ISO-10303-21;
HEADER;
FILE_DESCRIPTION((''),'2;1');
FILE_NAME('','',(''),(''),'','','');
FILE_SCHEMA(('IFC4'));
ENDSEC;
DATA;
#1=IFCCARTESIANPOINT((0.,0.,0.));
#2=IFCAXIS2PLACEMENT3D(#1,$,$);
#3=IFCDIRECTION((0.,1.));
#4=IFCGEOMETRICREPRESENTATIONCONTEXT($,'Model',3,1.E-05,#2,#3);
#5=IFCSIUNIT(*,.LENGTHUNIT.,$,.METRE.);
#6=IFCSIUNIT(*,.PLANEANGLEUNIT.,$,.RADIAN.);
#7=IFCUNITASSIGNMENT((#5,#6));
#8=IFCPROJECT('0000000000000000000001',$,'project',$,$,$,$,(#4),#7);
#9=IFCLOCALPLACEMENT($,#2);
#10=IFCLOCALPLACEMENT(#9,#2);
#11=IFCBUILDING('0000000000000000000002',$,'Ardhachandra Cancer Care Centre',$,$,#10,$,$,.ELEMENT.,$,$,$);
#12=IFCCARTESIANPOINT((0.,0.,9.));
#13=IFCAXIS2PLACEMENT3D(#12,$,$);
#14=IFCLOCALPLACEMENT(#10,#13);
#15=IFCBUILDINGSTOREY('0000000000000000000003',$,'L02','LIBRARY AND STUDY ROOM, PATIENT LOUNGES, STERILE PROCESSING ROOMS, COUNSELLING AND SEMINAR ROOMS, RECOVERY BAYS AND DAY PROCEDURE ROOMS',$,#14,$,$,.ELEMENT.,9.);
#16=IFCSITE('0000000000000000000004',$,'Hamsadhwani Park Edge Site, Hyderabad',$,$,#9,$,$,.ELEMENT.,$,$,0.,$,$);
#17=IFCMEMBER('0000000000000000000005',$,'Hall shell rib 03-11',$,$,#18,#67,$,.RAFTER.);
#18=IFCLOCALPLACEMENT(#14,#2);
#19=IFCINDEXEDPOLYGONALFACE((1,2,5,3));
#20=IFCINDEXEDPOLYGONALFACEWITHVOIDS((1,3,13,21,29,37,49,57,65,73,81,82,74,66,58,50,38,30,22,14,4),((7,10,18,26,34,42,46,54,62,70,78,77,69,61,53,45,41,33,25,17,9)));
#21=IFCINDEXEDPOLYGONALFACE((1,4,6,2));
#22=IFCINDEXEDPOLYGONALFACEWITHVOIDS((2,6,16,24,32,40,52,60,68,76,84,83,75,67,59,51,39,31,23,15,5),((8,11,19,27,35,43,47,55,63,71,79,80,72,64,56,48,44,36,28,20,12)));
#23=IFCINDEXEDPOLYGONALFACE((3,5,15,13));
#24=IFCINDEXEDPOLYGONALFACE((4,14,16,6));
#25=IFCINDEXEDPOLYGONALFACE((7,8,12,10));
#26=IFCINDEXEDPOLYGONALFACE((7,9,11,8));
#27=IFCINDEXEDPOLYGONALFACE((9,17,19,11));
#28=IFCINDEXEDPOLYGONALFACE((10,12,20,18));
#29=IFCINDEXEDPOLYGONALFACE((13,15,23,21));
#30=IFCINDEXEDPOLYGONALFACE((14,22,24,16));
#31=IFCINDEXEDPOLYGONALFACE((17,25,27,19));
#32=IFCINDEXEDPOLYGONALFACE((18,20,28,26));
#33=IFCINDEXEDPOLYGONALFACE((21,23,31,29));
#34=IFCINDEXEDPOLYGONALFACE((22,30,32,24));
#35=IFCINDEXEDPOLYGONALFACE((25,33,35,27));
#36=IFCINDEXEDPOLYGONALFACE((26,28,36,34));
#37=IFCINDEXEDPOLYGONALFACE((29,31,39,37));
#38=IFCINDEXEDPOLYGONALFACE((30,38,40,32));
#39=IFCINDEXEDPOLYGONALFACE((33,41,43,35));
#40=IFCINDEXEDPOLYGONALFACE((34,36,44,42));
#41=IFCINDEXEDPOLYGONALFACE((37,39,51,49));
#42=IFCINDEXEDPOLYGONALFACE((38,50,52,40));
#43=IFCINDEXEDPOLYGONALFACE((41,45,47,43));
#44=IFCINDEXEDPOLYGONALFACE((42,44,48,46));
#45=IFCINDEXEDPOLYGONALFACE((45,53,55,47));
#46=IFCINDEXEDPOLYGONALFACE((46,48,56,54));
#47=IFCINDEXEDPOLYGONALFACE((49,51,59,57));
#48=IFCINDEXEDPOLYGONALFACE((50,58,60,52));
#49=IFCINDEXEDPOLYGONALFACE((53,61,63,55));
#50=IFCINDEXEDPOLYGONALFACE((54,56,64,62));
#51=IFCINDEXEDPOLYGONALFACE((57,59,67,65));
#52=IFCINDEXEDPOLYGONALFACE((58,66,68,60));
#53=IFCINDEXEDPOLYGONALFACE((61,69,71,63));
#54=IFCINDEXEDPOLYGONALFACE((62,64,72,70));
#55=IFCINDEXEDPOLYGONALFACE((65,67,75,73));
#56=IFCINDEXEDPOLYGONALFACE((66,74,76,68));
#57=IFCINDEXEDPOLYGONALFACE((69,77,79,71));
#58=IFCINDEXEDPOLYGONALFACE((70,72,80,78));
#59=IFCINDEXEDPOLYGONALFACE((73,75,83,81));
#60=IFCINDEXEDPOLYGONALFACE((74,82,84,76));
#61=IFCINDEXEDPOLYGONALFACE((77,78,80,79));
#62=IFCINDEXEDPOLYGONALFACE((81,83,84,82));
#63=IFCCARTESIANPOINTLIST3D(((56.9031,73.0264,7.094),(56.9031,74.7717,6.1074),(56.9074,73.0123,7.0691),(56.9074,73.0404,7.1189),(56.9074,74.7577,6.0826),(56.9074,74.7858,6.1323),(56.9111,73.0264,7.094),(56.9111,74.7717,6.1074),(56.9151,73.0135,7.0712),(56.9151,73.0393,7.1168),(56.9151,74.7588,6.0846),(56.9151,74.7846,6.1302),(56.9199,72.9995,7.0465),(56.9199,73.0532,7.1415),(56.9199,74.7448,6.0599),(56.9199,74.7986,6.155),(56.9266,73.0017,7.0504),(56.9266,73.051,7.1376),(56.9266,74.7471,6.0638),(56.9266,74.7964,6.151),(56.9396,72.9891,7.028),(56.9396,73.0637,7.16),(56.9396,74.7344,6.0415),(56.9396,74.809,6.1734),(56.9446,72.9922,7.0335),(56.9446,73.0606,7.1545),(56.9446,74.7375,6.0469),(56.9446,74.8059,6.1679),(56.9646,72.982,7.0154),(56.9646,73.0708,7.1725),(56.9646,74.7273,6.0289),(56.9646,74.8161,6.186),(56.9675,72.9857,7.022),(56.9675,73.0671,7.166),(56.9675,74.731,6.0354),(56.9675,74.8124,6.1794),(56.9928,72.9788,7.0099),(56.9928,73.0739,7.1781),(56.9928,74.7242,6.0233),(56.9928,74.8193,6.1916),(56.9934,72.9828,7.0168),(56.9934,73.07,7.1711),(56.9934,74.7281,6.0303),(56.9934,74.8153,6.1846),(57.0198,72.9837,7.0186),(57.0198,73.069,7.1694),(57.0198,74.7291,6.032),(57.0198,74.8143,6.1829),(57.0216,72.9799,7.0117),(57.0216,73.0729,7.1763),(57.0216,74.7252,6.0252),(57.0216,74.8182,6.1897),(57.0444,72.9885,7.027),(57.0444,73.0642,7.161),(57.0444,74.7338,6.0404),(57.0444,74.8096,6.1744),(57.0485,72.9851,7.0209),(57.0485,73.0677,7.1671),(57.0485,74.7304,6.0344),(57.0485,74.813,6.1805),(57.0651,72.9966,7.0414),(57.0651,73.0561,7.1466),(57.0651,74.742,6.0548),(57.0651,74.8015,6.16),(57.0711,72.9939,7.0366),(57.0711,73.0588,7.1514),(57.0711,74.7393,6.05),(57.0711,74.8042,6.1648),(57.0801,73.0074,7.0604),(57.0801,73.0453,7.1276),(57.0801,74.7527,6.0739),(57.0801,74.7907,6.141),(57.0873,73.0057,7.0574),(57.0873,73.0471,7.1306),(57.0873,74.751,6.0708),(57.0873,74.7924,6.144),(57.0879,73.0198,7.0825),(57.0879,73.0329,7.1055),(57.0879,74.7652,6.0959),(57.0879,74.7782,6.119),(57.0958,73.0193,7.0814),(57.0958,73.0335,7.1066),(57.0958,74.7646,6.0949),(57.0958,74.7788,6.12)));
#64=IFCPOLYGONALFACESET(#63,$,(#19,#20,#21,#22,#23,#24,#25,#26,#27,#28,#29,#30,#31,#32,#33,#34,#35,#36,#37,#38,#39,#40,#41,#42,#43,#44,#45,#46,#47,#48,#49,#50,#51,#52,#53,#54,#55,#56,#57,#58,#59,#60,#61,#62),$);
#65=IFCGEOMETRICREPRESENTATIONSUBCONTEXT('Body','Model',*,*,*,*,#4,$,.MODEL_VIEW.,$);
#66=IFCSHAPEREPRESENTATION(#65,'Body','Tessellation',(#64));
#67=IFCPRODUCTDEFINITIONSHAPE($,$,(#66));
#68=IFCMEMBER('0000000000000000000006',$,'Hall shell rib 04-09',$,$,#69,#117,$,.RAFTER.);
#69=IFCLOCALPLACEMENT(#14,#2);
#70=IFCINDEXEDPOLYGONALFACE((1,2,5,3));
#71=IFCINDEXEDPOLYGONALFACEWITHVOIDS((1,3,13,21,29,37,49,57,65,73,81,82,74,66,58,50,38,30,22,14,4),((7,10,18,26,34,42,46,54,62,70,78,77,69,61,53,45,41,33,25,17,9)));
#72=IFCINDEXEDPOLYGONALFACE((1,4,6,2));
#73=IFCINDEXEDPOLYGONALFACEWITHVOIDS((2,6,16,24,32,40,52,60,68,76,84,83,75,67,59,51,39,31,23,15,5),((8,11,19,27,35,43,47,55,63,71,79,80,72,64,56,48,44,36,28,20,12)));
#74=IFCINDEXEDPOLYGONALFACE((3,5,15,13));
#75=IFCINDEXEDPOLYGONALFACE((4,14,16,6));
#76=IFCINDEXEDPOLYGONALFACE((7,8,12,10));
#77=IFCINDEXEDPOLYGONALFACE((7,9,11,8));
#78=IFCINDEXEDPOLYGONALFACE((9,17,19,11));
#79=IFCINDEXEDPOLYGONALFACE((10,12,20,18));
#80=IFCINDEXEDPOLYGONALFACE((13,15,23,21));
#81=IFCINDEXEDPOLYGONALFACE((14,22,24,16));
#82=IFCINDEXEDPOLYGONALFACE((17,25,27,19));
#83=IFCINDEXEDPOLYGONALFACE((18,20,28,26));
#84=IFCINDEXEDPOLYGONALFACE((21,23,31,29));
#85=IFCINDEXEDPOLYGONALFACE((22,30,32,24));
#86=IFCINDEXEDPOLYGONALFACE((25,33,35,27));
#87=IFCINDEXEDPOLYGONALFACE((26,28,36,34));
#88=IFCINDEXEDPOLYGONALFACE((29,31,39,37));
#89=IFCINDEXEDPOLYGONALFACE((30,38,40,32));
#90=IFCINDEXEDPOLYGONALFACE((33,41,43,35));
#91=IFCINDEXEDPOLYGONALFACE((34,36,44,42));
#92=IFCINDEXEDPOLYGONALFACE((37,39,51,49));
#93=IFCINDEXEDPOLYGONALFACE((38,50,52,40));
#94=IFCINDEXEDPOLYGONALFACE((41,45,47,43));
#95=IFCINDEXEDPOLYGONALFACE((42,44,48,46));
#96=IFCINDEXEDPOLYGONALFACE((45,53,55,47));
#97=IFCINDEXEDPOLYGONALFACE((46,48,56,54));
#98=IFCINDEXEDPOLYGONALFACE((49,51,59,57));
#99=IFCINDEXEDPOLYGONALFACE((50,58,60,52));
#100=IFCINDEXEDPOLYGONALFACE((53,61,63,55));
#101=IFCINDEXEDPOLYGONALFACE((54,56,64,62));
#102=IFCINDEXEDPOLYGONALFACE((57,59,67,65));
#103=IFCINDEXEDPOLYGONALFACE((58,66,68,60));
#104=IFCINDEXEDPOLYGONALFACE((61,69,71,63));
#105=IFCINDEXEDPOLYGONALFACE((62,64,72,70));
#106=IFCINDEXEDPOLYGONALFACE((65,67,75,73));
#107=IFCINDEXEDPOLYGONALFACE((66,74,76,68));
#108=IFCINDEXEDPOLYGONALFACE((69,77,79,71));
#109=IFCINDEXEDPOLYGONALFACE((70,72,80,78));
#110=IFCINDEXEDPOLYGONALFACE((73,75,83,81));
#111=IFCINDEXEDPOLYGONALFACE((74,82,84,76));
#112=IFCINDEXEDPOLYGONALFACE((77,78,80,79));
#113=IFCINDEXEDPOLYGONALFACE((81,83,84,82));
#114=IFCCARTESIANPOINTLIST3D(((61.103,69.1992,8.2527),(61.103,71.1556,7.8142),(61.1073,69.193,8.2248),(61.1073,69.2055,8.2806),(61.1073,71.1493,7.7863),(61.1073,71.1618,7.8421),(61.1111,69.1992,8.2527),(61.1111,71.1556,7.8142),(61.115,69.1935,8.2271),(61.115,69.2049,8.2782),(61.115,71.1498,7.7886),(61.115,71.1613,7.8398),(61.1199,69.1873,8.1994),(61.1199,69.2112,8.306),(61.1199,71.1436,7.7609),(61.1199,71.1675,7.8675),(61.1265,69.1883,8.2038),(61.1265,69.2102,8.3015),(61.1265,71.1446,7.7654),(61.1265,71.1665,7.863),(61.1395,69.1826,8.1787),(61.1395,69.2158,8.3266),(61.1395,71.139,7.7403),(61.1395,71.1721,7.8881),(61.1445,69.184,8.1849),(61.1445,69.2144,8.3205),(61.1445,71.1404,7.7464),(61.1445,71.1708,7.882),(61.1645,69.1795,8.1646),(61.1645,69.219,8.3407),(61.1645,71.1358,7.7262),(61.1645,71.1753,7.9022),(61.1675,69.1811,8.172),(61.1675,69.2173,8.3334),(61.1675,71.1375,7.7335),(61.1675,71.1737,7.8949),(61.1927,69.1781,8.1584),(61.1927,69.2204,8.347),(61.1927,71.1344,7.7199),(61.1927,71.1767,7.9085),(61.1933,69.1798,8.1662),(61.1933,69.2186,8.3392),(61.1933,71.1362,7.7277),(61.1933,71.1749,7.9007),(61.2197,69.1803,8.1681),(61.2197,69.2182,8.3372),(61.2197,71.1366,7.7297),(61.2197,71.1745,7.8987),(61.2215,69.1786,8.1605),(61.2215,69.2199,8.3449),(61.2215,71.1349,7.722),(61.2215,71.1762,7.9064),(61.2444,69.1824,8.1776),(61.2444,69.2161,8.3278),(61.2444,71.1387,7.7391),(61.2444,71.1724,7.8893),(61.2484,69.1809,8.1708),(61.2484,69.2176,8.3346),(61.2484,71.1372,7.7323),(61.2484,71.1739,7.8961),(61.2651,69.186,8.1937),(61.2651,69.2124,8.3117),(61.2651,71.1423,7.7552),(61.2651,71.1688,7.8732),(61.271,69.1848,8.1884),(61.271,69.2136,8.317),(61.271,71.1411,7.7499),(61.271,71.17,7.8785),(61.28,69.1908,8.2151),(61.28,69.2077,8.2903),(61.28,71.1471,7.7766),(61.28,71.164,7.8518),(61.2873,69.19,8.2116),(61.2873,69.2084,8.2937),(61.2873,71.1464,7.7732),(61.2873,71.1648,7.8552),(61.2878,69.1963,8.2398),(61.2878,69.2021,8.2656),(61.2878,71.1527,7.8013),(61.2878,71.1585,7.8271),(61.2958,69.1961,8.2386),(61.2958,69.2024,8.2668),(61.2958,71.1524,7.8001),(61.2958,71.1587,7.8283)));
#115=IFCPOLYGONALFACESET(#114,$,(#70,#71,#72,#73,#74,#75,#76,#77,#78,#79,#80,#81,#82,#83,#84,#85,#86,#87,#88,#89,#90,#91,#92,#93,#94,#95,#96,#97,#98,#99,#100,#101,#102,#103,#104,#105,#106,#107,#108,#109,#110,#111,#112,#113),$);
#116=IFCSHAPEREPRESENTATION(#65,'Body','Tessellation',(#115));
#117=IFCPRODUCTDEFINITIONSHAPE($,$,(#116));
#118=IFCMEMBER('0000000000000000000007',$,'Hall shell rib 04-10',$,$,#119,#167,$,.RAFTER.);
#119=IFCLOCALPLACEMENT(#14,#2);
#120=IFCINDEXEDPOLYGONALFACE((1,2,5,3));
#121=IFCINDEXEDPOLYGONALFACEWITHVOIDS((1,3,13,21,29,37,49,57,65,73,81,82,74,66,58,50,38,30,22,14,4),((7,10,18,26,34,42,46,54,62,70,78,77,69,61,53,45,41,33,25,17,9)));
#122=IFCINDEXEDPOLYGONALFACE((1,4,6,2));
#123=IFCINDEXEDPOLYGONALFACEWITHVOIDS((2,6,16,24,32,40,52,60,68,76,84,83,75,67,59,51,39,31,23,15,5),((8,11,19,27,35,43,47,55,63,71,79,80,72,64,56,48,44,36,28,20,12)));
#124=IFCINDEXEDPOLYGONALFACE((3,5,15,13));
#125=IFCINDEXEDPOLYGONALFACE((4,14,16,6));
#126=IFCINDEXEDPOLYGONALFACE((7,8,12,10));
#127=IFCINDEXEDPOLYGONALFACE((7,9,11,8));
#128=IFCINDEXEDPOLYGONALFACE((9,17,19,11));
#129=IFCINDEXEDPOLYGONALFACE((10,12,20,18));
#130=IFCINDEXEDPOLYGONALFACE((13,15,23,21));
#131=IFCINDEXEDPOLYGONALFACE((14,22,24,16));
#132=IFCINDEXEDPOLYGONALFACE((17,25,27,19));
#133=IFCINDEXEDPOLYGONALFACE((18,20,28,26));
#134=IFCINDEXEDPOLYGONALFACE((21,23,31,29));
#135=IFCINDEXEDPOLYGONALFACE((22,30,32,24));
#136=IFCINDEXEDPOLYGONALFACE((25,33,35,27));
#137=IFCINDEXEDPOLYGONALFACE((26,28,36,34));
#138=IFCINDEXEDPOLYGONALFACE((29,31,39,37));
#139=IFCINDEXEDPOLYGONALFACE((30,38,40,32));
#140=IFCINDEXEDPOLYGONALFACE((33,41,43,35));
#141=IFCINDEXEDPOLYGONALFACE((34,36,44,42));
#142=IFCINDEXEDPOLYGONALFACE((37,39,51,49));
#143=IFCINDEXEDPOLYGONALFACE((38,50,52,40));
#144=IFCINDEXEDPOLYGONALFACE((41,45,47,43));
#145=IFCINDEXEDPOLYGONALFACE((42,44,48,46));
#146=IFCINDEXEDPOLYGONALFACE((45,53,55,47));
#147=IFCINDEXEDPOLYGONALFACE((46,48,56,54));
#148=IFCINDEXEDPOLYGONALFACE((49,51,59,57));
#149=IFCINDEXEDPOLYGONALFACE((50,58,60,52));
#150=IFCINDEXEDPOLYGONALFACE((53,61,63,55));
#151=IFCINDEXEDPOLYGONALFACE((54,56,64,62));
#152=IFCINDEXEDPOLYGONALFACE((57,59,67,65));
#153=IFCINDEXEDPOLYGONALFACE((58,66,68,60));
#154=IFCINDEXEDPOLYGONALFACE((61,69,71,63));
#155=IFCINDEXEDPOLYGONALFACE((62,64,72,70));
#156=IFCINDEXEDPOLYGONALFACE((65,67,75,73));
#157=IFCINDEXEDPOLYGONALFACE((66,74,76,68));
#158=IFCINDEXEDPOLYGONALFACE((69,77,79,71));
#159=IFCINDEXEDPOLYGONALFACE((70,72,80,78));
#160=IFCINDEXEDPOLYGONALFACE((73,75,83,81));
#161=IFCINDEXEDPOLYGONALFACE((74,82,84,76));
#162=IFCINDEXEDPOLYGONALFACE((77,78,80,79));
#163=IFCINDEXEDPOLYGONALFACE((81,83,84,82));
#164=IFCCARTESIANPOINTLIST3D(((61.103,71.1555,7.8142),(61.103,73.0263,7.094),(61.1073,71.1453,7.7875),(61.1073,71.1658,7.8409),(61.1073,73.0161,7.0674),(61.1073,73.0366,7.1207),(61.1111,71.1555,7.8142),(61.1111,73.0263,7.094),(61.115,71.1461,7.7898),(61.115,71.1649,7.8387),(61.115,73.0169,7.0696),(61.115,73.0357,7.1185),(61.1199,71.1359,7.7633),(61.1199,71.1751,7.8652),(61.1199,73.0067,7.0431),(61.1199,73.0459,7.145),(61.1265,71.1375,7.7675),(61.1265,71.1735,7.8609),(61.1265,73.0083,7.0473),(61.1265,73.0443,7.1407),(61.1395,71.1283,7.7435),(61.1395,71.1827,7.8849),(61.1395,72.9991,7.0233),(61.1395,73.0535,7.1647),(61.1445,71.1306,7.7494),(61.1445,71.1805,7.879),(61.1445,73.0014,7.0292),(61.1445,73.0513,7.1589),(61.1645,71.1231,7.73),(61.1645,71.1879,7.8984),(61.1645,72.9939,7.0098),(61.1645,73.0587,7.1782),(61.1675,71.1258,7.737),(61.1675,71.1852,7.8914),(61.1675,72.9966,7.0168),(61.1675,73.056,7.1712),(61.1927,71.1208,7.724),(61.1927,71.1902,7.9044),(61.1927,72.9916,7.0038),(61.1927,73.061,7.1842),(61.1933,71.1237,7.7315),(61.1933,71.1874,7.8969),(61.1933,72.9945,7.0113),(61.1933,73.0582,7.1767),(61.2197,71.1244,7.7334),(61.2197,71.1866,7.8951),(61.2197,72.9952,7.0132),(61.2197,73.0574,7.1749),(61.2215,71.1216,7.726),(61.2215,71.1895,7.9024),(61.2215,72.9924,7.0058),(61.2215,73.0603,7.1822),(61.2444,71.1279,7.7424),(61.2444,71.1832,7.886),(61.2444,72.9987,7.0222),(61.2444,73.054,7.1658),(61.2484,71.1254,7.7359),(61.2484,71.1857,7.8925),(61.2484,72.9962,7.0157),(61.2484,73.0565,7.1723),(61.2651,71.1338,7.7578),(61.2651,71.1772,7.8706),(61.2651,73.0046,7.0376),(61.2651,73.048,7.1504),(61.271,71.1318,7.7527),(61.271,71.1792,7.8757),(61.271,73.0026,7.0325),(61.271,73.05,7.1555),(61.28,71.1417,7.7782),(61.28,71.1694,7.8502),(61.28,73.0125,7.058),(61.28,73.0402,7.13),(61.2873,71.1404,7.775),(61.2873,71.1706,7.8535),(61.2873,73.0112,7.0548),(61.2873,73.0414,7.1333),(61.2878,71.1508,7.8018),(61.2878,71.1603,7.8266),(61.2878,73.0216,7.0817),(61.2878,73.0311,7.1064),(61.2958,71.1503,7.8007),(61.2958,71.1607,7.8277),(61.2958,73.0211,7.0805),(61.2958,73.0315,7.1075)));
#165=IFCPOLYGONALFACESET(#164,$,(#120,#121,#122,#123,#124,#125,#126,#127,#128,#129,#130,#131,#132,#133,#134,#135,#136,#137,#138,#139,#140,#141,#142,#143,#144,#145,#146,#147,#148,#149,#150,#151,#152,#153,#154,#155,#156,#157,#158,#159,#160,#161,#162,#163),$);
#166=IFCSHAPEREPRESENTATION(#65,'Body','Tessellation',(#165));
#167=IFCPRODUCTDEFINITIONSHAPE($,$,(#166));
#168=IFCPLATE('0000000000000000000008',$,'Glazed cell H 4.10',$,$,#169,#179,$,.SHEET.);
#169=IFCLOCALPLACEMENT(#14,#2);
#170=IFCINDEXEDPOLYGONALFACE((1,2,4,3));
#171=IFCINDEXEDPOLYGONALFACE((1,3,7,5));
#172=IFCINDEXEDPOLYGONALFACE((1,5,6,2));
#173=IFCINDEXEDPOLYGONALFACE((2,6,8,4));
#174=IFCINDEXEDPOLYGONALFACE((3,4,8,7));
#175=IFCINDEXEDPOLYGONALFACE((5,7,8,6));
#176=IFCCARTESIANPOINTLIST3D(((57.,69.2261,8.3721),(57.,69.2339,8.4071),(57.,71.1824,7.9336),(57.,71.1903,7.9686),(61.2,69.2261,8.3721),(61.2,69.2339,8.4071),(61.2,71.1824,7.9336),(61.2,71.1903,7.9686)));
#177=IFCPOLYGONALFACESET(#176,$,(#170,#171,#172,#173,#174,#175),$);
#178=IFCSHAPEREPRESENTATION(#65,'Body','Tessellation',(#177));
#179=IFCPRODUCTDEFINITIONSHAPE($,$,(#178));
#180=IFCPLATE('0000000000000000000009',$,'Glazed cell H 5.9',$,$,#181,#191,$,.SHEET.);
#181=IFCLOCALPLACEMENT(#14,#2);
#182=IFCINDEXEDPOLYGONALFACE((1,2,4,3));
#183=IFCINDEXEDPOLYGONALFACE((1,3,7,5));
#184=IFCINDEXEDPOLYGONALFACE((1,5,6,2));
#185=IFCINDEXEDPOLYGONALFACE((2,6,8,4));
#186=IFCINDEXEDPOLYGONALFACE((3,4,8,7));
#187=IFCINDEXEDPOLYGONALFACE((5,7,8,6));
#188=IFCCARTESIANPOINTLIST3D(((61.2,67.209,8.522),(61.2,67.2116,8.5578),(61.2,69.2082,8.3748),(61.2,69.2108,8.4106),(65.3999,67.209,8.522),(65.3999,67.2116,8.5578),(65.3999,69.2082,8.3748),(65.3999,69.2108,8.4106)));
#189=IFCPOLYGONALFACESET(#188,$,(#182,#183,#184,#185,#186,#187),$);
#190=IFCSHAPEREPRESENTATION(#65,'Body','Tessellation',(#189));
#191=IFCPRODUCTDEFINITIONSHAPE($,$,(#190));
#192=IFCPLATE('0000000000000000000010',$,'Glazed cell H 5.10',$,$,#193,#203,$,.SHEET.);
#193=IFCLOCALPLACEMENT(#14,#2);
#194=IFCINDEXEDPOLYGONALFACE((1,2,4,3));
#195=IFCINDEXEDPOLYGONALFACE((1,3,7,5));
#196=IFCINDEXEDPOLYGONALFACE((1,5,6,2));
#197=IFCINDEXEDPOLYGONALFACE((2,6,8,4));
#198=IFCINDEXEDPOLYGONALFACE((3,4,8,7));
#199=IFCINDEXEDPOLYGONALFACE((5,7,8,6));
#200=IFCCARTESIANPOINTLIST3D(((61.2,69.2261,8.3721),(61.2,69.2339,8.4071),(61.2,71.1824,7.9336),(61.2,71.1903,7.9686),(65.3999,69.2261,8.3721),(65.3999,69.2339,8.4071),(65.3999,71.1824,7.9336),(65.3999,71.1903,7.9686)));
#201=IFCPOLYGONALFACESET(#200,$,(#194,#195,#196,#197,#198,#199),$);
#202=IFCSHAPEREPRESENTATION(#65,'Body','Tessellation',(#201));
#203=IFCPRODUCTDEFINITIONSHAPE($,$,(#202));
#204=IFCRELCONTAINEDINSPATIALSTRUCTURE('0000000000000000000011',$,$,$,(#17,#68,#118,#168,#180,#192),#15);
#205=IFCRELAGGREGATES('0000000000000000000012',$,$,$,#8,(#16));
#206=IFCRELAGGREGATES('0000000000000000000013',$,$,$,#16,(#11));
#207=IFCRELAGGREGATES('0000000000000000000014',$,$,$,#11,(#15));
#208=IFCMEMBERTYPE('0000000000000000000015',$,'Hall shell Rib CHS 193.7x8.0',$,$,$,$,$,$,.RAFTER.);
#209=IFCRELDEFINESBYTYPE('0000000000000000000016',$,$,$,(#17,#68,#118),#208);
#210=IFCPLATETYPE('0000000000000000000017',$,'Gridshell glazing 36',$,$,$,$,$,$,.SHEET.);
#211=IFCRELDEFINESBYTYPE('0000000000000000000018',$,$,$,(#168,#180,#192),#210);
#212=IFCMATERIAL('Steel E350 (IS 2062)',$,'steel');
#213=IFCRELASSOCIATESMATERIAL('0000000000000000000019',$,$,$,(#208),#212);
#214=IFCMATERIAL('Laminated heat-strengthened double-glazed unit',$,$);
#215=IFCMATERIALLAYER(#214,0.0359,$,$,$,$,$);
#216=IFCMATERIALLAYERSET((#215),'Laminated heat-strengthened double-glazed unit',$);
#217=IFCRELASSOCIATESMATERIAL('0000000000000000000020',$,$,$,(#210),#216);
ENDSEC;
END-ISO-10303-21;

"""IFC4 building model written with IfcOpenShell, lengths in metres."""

from ifc_helpers import new_model, si_unit, direction, frame, origin, origin_2d, place, context, subcontext, project, spatial, polyline, hollow_circle, outline, extrude, material, layer, layer_set, material_profile, profile_set, type_object, element, save


model = new_model("IFC4")

# Units and contexts
model_context = context("Model", 3, precision=1e-05, world=origin(), true_north=direction((0.0, 1.0)))
body_context = subcontext(model_context, "Body", "Model", "MODEL_VIEW")
ifc_project = project(units=[si_unit("LENGTHUNIT", "METRE"), si_unit("PLANEANGLEUNIT", "RADIAN")], contexts=[model_context])

# Site, building, storey
site_placement = place(None, origin())
site = spatial("IfcSite", under=ifc_project, at=site_placement, Name="Hamsadhwani Park Edge Site, Hyderabad", CompositionType="ELEMENT", RefElevation=0.0)
building_placement = place(site_placement, origin())
building = spatial("IfcBuilding", under=site, at=building_placement, Name="Ardhachandra Cancer Care Centre", CompositionType="ELEMENT")
storey_placement = place(building_placement, frame((0.0, 0.0, 9.0)))
storey = spatial("IfcBuildingStorey", under=building, at=storey_placement, Name="L02", Description="LIBRARY AND STUDY ROOM, PATIENT LOUNGES, STERILE PROCESSING ROOMS, COUNSELLING AND SEMINAR ROOMS, RECOVERY BAYS AND DAY PROCEDURE ROOMS", CompositionType="ELEMENT", Elevation=9.0)

# Members
ifc_material_1 = material(Name="Steel E350 (IS 2062)", Category="steel")
ifc_material_profile_1 = material_profile(ifc_material_1, hollow_circle(Radius=0.0969, WallThickness=0.0081, at=origin_2d()), Name="CHS 193.7x8.0")
ifc_profile_set_1 = profile_set([ifc_material_profile_1], Name="Steel E350 (IS 2062)")
member_type_1 = type_object("IfcMemberType", Name="Hall shell Rib CHS 193.7x8.0", PredefinedType="RAFTER", material=ifc_profile_set_1)
for number, where, z_axis, x_axis, name in (
    (1, (57.0, 73.0264, 7.094), (0.0, 0.870549, -0.492081), (-1.0, 0.0, 0.0), "Hall shell rib 03-11"),
    (2, (61.2, 69.1992, 8.2527), (0.0, 0.97579, -0.218709), (-1.0, 0.0, 0.0), "Hall shell rib 04-09"),
):
    element("IfcMember", number, at=place(storey_placement, frame(where, z_axis=z_axis, x_axis=x_axis)), inside=storey, type_object=member_type_1, Name=name, PredefinedType="RAFTER", context=body_context, shape_type="SweptSolid", body=[
        extrude(hollow_circle(Radius=0.0969, WallThickness=0.0081, at=origin_2d()), origin(), (0.0, 0.0, 1.0), 2.0049),
    ])
member_1_placement = place(storey_placement, frame((61.2, 71.1555, 7.8142), z_axis=(0.0, 0.933236, -0.359265), x_axis=(-1.0, 0.0, 0.0)))
element("IfcMember", 3, at=member_1_placement, inside=storey, type_object=member_type_1, Name="Hall shell rib 04-10", PredefinedType="RAFTER", context=body_context, shape_type="SweptSolid", body=[
    extrude(hollow_circle(Radius=0.0969, WallThickness=0.0081, at=origin_2d()), origin(), (0.0, 0.0, 1.0), 2.0046),
])

# Plates
ifc_material_2 = material(Name="Laminated heat-strengthened double-glazed unit")
ifc_layer_1 = layer(ifc_material_2, 0.0359)
ifc_layer_set_1 = layer_set([ifc_layer_1], Name="Laminated heat-strengthened double-glazed unit")
plate_type_1 = type_object("IfcPlateType", Name="Gridshell glazing 36", PredefinedType="SHEET", material=ifc_layer_set_1)
plate_1_placement = place(storey_placement, frame((57.0, 69.2261, 8.3721), z_axis=(0.0, 0.218709, 0.97579), x_axis=(1.0, 0.0, 0.0)))
element("IfcPlate", 4, at=plate_1_placement, inside=storey, type_object=plate_type_1, Name="Glazed cell H 4.10", PredefinedType="SHEET", context=body_context, shape_type="SweptSolid", body=[
    extrude(outline(polyline([(0.0, 0.0), (4.2, 0.0), (4.2, 2.0049), (0.0, 2.0049), (0.0, 0.0)])), origin(), (0.0, 0.0, 1.0), 0.0359),
])
plate_2_placement = place(storey_placement, frame((61.2, 67.209, 8.522), z_axis=(0.0, 0.073437, 0.9973), x_axis=(1.0, 0.0, 0.0)))
element("IfcPlate", 5, at=plate_2_placement, inside=storey, type_object=plate_type_1, Name="Glazed cell H 5.9", PredefinedType="SHEET", context=body_context, shape_type="SweptSolid", body=[
    extrude(outline(polyline([(0.0, 0.0), (4.2, 0.0), (4.2, 2.0046), (0.0, 2.0046), (0.0, 0.0)])), origin(), (0.0, 0.0, 1.0), 0.0359),
])
plate_3_placement = place(storey_placement, frame((61.2, 69.2261, 8.3721), z_axis=(0.0, 0.218709, 0.97579), x_axis=(1.0, 0.0, 0.0)))
element("IfcPlate", 6, at=plate_3_placement, inside=storey, type_object=plate_type_1, Name="Glazed cell H 5.10", PredefinedType="SHEET", context=body_context, shape_type="SweptSolid", body=[
    extrude(outline(polyline([(0.0, 0.0), (4.2, 0.0), (4.2, 2.0049), (0.0, 2.0049), (0.0, 0.0)])), origin(), (0.0, 0.0, 1.0), 0.0359),
])

save(model, "model.ifc")
